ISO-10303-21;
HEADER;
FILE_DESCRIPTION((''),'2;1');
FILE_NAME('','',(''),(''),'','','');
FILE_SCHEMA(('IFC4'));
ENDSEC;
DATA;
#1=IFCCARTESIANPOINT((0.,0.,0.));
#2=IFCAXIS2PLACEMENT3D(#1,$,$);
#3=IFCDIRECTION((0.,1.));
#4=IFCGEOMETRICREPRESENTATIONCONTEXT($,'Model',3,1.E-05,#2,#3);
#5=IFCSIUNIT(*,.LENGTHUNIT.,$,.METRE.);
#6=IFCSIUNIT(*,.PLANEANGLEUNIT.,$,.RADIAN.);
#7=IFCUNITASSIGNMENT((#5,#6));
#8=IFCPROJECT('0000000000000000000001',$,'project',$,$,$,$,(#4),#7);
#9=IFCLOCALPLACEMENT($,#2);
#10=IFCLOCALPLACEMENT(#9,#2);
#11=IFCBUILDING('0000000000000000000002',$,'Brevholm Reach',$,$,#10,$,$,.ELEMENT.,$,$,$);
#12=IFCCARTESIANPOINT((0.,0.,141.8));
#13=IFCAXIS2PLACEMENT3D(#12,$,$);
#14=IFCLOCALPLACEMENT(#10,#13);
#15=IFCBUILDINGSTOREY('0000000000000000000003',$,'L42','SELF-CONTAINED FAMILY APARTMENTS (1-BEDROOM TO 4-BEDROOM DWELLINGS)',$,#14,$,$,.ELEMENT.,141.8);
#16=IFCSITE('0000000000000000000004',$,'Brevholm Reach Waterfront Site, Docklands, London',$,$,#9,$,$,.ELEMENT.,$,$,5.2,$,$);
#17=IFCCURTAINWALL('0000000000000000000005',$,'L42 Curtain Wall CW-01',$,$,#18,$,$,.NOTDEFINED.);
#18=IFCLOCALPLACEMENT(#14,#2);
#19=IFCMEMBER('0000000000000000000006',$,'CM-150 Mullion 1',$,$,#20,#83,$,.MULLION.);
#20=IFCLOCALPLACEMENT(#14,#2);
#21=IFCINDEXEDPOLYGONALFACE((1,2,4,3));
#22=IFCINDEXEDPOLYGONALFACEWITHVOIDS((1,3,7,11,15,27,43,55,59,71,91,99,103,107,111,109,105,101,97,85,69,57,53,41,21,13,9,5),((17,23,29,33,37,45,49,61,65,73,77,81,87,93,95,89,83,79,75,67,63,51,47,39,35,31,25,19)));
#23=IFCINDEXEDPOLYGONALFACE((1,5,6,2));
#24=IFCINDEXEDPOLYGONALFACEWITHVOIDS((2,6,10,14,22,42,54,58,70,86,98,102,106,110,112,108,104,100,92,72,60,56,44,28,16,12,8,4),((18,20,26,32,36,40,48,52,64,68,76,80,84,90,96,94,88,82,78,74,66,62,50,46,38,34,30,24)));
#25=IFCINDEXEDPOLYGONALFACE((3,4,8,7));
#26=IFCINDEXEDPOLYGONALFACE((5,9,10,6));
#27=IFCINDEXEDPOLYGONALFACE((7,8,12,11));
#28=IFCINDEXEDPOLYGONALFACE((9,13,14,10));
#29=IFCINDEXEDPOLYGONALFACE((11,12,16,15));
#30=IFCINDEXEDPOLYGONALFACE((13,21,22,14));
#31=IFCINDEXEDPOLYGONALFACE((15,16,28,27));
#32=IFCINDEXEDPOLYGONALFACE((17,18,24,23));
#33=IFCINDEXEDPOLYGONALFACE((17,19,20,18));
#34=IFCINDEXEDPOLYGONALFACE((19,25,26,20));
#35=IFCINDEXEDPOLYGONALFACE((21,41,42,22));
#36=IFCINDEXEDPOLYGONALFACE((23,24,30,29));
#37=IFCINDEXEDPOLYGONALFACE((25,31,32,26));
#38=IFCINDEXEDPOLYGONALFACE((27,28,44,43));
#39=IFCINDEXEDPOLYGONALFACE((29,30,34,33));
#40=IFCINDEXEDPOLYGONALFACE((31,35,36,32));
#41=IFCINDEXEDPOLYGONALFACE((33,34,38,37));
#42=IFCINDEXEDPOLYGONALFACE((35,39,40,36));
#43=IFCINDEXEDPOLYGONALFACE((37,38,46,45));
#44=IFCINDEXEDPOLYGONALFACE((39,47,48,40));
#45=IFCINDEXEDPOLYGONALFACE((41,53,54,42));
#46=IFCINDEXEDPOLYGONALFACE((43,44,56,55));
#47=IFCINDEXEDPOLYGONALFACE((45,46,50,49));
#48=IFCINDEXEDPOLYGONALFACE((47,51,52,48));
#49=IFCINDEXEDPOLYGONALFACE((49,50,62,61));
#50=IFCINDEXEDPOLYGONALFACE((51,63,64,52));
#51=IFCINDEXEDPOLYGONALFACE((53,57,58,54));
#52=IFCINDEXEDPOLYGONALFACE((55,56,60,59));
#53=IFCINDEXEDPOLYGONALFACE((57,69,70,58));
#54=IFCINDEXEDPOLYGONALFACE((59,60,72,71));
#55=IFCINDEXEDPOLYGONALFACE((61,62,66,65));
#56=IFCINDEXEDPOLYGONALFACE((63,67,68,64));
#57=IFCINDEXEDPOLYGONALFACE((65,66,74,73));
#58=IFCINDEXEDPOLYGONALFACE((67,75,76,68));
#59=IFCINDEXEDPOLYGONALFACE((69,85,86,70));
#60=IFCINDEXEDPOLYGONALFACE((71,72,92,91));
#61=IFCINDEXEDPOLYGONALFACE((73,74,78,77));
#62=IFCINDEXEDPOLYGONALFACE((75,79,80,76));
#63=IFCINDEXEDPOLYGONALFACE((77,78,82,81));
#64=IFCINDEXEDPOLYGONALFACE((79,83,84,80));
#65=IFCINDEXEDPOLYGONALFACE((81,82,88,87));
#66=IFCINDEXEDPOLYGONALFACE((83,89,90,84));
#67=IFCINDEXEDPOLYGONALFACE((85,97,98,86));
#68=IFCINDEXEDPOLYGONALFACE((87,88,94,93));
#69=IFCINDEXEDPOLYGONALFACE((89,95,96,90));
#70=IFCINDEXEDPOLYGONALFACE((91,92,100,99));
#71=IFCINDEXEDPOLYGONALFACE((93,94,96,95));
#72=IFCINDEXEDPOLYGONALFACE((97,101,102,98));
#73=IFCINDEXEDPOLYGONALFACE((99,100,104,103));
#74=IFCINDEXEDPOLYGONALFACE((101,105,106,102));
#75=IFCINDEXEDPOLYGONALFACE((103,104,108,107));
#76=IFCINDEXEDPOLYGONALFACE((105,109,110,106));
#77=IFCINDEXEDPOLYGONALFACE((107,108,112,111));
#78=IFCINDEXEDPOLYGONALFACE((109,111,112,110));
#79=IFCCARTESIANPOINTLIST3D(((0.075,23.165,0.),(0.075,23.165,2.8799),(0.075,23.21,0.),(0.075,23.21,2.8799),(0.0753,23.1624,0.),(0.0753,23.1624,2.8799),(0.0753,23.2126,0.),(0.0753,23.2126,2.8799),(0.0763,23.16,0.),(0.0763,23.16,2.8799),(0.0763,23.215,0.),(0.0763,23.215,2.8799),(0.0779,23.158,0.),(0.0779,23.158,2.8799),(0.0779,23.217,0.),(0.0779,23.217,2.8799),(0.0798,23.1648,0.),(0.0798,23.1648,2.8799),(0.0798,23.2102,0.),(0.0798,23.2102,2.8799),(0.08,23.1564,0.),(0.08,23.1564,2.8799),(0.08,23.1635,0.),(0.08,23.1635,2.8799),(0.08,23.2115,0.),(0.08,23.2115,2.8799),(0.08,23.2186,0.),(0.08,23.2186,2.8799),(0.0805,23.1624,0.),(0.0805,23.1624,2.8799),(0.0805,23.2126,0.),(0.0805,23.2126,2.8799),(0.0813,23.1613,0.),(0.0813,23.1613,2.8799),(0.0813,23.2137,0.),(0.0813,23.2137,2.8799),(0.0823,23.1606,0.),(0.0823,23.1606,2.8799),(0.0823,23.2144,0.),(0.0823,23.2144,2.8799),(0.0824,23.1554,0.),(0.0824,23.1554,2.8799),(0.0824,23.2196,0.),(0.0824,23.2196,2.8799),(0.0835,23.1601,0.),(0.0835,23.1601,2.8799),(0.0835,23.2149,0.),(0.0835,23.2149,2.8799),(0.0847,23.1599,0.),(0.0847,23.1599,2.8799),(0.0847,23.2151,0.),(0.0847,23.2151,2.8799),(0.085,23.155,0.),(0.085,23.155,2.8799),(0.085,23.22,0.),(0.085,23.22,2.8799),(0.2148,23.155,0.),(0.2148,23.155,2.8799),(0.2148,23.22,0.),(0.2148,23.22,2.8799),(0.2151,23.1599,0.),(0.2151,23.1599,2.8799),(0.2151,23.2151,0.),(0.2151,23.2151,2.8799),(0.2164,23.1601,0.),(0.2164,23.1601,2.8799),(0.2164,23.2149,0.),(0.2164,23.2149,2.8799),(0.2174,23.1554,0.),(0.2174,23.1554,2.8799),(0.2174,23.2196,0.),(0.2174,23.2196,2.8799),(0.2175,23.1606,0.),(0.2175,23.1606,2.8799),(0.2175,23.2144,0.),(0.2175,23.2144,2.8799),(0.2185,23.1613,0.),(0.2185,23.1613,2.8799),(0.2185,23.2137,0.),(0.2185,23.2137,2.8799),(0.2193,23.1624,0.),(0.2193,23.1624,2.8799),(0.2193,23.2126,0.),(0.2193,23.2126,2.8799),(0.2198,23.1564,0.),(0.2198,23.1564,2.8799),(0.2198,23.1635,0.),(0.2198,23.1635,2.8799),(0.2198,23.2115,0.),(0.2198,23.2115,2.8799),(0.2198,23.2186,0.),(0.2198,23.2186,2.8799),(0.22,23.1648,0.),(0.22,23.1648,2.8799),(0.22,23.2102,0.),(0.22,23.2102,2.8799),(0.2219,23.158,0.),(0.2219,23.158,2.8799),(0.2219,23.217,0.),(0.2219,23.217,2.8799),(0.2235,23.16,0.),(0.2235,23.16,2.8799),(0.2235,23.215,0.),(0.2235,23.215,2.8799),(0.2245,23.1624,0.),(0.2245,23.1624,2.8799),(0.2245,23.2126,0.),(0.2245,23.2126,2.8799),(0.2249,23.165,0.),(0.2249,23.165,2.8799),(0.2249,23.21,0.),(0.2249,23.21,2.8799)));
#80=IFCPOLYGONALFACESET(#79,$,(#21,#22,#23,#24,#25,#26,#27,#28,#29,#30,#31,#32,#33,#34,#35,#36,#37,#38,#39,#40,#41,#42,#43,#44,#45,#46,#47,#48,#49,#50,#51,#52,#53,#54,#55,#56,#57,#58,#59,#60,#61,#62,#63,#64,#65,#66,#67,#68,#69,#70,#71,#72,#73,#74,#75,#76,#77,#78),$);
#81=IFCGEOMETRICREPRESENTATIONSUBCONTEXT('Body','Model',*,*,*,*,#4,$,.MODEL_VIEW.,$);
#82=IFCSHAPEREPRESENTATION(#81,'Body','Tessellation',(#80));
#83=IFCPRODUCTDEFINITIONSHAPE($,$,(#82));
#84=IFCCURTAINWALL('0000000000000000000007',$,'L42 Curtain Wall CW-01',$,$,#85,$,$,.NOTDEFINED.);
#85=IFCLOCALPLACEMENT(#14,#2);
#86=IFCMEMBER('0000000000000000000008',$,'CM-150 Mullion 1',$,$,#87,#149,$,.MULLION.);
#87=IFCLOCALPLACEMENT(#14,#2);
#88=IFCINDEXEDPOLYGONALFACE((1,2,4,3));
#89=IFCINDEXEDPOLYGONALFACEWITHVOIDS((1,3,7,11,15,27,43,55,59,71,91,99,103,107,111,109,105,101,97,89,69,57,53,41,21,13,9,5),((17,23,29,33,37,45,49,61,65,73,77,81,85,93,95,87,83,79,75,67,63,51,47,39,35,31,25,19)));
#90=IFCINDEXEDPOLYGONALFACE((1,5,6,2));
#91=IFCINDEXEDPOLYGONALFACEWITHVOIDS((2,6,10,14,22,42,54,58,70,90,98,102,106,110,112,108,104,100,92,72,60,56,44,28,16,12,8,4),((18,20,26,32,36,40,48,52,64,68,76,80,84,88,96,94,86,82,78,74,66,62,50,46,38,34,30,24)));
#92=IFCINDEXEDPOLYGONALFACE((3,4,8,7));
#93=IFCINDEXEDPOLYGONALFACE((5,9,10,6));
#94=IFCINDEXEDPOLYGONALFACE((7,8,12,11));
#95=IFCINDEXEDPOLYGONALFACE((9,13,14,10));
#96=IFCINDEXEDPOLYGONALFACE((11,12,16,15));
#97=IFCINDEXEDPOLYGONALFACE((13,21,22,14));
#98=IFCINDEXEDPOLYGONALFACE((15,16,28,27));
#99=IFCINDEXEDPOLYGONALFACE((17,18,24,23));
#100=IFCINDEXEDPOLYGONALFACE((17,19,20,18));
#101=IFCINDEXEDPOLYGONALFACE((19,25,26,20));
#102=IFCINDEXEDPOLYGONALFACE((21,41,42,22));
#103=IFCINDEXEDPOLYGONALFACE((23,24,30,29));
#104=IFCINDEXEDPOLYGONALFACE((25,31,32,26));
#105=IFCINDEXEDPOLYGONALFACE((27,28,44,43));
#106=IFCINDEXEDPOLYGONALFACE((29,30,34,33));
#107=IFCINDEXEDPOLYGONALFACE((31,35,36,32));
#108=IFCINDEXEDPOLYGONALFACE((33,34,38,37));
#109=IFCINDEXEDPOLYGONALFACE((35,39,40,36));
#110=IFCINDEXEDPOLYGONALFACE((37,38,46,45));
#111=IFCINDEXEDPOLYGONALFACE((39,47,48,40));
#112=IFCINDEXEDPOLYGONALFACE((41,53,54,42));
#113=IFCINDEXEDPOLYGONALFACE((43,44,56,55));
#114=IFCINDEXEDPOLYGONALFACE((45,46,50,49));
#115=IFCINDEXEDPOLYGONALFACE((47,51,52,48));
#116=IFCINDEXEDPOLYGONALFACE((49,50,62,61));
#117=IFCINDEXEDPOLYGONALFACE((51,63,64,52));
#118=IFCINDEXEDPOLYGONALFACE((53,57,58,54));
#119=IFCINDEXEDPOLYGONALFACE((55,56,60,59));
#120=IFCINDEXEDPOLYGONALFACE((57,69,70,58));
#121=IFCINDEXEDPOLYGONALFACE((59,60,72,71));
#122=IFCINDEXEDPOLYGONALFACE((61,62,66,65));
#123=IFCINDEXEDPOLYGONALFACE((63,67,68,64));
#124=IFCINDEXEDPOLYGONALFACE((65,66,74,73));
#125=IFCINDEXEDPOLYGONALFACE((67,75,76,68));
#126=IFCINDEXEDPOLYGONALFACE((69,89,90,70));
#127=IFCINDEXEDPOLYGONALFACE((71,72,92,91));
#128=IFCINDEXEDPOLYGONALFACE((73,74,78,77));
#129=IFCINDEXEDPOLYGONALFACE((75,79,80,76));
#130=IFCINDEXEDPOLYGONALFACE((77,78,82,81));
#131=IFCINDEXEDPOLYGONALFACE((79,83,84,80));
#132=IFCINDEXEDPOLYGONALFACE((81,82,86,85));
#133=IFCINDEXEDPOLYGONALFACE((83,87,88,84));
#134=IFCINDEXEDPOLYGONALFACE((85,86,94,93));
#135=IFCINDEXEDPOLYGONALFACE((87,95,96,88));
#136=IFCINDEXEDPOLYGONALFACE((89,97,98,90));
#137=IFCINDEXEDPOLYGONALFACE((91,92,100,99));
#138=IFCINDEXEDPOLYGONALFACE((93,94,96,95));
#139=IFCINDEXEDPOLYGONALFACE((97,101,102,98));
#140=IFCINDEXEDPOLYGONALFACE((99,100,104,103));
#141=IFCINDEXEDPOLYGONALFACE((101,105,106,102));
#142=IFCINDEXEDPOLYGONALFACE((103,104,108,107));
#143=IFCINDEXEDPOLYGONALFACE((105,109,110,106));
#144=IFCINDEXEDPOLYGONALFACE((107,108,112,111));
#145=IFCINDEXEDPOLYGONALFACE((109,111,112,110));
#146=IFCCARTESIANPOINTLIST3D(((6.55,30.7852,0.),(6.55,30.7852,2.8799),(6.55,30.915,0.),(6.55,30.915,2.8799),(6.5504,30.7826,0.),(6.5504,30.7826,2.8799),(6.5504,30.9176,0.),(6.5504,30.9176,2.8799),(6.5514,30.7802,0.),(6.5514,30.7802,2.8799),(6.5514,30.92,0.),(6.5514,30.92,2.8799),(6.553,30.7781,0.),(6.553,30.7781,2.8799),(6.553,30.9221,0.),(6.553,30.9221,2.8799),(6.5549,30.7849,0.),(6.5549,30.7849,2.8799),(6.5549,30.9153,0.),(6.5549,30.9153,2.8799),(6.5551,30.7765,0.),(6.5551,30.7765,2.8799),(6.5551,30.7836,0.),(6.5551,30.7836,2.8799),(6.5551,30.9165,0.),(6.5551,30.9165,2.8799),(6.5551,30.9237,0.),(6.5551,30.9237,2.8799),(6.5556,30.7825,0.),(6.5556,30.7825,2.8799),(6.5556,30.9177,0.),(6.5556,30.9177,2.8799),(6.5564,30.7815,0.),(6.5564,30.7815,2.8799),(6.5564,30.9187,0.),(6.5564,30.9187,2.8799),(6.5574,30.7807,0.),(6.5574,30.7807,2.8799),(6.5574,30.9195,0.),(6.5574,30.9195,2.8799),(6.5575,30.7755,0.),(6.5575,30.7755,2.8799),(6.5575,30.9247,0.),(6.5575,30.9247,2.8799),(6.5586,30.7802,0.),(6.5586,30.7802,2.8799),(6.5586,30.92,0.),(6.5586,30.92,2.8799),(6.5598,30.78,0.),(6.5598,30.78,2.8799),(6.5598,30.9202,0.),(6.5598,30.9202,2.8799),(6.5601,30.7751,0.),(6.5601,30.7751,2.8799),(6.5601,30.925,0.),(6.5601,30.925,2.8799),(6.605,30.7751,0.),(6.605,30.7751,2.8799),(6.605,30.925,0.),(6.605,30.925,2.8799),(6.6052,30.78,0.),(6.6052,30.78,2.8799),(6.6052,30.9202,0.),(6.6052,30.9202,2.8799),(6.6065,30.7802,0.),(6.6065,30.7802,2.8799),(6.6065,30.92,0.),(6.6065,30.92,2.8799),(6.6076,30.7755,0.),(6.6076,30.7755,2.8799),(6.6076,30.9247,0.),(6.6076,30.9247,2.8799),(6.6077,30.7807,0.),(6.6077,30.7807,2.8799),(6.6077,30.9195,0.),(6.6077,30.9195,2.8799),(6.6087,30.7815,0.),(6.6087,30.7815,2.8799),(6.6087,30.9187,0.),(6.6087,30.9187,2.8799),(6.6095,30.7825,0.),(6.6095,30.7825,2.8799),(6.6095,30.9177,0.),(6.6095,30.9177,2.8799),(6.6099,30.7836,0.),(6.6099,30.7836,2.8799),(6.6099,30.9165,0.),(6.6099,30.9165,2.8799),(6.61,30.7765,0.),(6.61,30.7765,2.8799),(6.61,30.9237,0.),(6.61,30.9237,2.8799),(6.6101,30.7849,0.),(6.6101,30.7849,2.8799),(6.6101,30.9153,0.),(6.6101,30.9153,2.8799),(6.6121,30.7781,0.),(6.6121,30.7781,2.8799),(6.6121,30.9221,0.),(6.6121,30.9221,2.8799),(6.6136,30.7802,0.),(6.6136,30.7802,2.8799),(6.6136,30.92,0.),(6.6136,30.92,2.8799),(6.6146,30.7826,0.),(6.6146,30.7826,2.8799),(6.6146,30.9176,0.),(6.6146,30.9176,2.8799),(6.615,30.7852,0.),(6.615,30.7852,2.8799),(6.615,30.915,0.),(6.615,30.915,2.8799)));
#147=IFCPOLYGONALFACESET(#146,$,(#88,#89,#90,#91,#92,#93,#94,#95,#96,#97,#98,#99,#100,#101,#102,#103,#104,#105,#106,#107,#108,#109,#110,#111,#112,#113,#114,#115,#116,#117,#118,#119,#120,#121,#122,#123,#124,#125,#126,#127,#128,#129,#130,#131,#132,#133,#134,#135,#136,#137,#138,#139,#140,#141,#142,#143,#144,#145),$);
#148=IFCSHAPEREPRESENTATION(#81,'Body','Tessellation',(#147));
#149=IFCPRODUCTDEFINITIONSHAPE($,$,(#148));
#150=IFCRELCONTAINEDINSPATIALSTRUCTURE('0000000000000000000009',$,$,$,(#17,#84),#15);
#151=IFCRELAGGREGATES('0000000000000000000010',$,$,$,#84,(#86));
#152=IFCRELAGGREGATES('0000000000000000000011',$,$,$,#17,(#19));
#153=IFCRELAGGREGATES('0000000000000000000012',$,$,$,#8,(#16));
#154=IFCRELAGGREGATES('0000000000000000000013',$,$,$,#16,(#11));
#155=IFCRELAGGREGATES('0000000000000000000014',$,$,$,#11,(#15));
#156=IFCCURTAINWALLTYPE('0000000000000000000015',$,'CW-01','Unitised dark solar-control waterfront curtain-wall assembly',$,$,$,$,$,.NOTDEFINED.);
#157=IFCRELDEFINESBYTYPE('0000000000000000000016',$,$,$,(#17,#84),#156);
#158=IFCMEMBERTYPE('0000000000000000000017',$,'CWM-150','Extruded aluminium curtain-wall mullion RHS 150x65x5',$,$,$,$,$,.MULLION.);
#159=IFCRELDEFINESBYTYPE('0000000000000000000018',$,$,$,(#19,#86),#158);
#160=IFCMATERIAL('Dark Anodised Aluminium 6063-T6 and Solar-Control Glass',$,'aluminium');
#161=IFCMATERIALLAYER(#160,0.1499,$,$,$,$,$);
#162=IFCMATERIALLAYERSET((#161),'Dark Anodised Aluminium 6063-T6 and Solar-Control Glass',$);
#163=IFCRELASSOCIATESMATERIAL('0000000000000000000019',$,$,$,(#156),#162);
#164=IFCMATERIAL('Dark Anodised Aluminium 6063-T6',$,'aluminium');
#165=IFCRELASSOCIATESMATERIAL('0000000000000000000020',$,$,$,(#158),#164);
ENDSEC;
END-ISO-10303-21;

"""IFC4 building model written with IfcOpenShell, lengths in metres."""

from ifc_helpers import new_model, si_unit, direction, frame, origin, origin_2d, place, context, subcontext, project, spatial, hollow_rectangle, extrude, material, layer, layer_set, material_profile, profile_set, type_object, element, aggregate, save


model = new_model("IFC4")

# Units and contexts
model_context = context("Model", 3, precision=1e-05, world=origin(), true_north=direction((0.0, 1.0)))
body_context = subcontext(model_context, "Body", "Model", "MODEL_VIEW")
ifc_project = project(units=[si_unit("LENGTHUNIT", "METRE"), si_unit("PLANEANGLEUNIT", "RADIAN")], contexts=[model_context])

# Site, building, storey
site_placement = place(None, origin())
site = spatial("IfcSite", under=ifc_project, at=site_placement, Name="Brevholm Reach Waterfront Site, Docklands, London", CompositionType="ELEMENT", RefElevation=5.2)
building_placement = place(site_placement, origin())
building = spatial("IfcBuilding", under=site, at=building_placement, Name="Brevholm Reach", CompositionType="ELEMENT")
storey_placement = place(building_placement, frame((0.0, 0.0, 141.8)))
storey = spatial("IfcBuildingStorey", under=building, at=storey_placement, Name="L42", Description="SELF-CONTAINED FAMILY APARTMENTS (1-BEDROOM TO 4-BEDROOM DWELLINGS)", CompositionType="ELEMENT", Elevation=141.8)

# Curtain walls, members
ifc_material_1 = material(Name="Dark Anodised Aluminium 6063-T6 and Solar-Control Glass", Category="aluminium")
ifc_layer_1 = layer(ifc_material_1, 0.1499)
ifc_layer_set_1 = layer_set([ifc_layer_1], Name="Dark Anodised Aluminium 6063-T6 and Solar-Control Glass")
curtain_wall_type = type_object("IfcCurtainWallType", Name="CW-01", Description="Unitised dark solar-control waterfront curtain-wall assembly", PredefinedType="NOTDEFINED", material=ifc_layer_set_1)
curtain_wall_1_placement = place(storey_placement, origin())
curtain_wall_1 = element("IfcCurtainWall", 1, at=curtain_wall_1_placement, inside=storey, type_object=curtain_wall_type, Name="L42 Curtain Wall CW-01", PredefinedType="NOTDEFINED")
ifc_material_2 = material(Name="Dark Anodised Aluminium 6063-T6", Category="aluminium")
ifc_material_profile_1 = material_profile(ifc_material_2, hollow_rectangle(XDim=0.0649, YDim=0.1499, WallThickness=0.0049, InnerFilletRadius=0.0049, OuterFilletRadius=0.01, at=origin_2d()), Name="RHS 150x65x5")
ifc_profile_set_1 = profile_set([ifc_material_profile_1], Name="Dark Anodised Aluminium 6063-T6")
member_type_1 = type_object("IfcMemberType", Name="CWM-150", Description="Extruded aluminium curtain-wall mullion RHS 150x65x5", PredefinedType="MULLION", material=ifc_profile_set_1)
member_1_placement = place(storey_placement, frame((0.1499, 23.1875, 0.0), z_axis=(0.0, 0.0, 1.0), x_axis=(0.0, -1.0, 0.0)))
member_1 = element("IfcMember", 2, at=member_1_placement, type_object=member_type_1, Name="CM-150 Mullion 1", PredefinedType="MULLION", context=body_context, shape_type="SweptSolid", body=[
    extrude(hollow_rectangle(XDim=0.0649, YDim=0.1499, WallThickness=0.0049, InnerFilletRadius=0.0049, OuterFilletRadius=0.01, at=origin_2d()), origin(), (0.0, 0.0, 1.0), 2.8799),
])
curtain_wall_2_placement = place(storey_placement, origin())
curtain_wall_2 = element("IfcCurtainWall", 3, at=curtain_wall_2_placement, inside=storey, type_object=curtain_wall_type, Name="L42 Curtain Wall CW-01", PredefinedType="NOTDEFINED")
member_2_placement = place(storey_placement, frame((6.5825, 30.8501, 0.0), z_axis=(0.0, 0.0, 1.0), x_axis=(1.0, 0.0, 0.0)))
member_2 = element("IfcMember", 4, at=member_2_placement, type_object=member_type_1, Name="CM-150 Mullion 1", PredefinedType="MULLION", context=body_context, shape_type="SweptSolid", body=[
    extrude(hollow_rectangle(XDim=0.0649, YDim=0.1499, WallThickness=0.0049, InnerFilletRadius=0.0049, OuterFilletRadius=0.01, at=origin_2d()), origin(), (0.0, 0.0, 1.0), 2.8799),
])

aggregate(curtain_wall_2, [member_2])

aggregate(curtain_wall_1, [member_1])

save(model, "model.ifc")
